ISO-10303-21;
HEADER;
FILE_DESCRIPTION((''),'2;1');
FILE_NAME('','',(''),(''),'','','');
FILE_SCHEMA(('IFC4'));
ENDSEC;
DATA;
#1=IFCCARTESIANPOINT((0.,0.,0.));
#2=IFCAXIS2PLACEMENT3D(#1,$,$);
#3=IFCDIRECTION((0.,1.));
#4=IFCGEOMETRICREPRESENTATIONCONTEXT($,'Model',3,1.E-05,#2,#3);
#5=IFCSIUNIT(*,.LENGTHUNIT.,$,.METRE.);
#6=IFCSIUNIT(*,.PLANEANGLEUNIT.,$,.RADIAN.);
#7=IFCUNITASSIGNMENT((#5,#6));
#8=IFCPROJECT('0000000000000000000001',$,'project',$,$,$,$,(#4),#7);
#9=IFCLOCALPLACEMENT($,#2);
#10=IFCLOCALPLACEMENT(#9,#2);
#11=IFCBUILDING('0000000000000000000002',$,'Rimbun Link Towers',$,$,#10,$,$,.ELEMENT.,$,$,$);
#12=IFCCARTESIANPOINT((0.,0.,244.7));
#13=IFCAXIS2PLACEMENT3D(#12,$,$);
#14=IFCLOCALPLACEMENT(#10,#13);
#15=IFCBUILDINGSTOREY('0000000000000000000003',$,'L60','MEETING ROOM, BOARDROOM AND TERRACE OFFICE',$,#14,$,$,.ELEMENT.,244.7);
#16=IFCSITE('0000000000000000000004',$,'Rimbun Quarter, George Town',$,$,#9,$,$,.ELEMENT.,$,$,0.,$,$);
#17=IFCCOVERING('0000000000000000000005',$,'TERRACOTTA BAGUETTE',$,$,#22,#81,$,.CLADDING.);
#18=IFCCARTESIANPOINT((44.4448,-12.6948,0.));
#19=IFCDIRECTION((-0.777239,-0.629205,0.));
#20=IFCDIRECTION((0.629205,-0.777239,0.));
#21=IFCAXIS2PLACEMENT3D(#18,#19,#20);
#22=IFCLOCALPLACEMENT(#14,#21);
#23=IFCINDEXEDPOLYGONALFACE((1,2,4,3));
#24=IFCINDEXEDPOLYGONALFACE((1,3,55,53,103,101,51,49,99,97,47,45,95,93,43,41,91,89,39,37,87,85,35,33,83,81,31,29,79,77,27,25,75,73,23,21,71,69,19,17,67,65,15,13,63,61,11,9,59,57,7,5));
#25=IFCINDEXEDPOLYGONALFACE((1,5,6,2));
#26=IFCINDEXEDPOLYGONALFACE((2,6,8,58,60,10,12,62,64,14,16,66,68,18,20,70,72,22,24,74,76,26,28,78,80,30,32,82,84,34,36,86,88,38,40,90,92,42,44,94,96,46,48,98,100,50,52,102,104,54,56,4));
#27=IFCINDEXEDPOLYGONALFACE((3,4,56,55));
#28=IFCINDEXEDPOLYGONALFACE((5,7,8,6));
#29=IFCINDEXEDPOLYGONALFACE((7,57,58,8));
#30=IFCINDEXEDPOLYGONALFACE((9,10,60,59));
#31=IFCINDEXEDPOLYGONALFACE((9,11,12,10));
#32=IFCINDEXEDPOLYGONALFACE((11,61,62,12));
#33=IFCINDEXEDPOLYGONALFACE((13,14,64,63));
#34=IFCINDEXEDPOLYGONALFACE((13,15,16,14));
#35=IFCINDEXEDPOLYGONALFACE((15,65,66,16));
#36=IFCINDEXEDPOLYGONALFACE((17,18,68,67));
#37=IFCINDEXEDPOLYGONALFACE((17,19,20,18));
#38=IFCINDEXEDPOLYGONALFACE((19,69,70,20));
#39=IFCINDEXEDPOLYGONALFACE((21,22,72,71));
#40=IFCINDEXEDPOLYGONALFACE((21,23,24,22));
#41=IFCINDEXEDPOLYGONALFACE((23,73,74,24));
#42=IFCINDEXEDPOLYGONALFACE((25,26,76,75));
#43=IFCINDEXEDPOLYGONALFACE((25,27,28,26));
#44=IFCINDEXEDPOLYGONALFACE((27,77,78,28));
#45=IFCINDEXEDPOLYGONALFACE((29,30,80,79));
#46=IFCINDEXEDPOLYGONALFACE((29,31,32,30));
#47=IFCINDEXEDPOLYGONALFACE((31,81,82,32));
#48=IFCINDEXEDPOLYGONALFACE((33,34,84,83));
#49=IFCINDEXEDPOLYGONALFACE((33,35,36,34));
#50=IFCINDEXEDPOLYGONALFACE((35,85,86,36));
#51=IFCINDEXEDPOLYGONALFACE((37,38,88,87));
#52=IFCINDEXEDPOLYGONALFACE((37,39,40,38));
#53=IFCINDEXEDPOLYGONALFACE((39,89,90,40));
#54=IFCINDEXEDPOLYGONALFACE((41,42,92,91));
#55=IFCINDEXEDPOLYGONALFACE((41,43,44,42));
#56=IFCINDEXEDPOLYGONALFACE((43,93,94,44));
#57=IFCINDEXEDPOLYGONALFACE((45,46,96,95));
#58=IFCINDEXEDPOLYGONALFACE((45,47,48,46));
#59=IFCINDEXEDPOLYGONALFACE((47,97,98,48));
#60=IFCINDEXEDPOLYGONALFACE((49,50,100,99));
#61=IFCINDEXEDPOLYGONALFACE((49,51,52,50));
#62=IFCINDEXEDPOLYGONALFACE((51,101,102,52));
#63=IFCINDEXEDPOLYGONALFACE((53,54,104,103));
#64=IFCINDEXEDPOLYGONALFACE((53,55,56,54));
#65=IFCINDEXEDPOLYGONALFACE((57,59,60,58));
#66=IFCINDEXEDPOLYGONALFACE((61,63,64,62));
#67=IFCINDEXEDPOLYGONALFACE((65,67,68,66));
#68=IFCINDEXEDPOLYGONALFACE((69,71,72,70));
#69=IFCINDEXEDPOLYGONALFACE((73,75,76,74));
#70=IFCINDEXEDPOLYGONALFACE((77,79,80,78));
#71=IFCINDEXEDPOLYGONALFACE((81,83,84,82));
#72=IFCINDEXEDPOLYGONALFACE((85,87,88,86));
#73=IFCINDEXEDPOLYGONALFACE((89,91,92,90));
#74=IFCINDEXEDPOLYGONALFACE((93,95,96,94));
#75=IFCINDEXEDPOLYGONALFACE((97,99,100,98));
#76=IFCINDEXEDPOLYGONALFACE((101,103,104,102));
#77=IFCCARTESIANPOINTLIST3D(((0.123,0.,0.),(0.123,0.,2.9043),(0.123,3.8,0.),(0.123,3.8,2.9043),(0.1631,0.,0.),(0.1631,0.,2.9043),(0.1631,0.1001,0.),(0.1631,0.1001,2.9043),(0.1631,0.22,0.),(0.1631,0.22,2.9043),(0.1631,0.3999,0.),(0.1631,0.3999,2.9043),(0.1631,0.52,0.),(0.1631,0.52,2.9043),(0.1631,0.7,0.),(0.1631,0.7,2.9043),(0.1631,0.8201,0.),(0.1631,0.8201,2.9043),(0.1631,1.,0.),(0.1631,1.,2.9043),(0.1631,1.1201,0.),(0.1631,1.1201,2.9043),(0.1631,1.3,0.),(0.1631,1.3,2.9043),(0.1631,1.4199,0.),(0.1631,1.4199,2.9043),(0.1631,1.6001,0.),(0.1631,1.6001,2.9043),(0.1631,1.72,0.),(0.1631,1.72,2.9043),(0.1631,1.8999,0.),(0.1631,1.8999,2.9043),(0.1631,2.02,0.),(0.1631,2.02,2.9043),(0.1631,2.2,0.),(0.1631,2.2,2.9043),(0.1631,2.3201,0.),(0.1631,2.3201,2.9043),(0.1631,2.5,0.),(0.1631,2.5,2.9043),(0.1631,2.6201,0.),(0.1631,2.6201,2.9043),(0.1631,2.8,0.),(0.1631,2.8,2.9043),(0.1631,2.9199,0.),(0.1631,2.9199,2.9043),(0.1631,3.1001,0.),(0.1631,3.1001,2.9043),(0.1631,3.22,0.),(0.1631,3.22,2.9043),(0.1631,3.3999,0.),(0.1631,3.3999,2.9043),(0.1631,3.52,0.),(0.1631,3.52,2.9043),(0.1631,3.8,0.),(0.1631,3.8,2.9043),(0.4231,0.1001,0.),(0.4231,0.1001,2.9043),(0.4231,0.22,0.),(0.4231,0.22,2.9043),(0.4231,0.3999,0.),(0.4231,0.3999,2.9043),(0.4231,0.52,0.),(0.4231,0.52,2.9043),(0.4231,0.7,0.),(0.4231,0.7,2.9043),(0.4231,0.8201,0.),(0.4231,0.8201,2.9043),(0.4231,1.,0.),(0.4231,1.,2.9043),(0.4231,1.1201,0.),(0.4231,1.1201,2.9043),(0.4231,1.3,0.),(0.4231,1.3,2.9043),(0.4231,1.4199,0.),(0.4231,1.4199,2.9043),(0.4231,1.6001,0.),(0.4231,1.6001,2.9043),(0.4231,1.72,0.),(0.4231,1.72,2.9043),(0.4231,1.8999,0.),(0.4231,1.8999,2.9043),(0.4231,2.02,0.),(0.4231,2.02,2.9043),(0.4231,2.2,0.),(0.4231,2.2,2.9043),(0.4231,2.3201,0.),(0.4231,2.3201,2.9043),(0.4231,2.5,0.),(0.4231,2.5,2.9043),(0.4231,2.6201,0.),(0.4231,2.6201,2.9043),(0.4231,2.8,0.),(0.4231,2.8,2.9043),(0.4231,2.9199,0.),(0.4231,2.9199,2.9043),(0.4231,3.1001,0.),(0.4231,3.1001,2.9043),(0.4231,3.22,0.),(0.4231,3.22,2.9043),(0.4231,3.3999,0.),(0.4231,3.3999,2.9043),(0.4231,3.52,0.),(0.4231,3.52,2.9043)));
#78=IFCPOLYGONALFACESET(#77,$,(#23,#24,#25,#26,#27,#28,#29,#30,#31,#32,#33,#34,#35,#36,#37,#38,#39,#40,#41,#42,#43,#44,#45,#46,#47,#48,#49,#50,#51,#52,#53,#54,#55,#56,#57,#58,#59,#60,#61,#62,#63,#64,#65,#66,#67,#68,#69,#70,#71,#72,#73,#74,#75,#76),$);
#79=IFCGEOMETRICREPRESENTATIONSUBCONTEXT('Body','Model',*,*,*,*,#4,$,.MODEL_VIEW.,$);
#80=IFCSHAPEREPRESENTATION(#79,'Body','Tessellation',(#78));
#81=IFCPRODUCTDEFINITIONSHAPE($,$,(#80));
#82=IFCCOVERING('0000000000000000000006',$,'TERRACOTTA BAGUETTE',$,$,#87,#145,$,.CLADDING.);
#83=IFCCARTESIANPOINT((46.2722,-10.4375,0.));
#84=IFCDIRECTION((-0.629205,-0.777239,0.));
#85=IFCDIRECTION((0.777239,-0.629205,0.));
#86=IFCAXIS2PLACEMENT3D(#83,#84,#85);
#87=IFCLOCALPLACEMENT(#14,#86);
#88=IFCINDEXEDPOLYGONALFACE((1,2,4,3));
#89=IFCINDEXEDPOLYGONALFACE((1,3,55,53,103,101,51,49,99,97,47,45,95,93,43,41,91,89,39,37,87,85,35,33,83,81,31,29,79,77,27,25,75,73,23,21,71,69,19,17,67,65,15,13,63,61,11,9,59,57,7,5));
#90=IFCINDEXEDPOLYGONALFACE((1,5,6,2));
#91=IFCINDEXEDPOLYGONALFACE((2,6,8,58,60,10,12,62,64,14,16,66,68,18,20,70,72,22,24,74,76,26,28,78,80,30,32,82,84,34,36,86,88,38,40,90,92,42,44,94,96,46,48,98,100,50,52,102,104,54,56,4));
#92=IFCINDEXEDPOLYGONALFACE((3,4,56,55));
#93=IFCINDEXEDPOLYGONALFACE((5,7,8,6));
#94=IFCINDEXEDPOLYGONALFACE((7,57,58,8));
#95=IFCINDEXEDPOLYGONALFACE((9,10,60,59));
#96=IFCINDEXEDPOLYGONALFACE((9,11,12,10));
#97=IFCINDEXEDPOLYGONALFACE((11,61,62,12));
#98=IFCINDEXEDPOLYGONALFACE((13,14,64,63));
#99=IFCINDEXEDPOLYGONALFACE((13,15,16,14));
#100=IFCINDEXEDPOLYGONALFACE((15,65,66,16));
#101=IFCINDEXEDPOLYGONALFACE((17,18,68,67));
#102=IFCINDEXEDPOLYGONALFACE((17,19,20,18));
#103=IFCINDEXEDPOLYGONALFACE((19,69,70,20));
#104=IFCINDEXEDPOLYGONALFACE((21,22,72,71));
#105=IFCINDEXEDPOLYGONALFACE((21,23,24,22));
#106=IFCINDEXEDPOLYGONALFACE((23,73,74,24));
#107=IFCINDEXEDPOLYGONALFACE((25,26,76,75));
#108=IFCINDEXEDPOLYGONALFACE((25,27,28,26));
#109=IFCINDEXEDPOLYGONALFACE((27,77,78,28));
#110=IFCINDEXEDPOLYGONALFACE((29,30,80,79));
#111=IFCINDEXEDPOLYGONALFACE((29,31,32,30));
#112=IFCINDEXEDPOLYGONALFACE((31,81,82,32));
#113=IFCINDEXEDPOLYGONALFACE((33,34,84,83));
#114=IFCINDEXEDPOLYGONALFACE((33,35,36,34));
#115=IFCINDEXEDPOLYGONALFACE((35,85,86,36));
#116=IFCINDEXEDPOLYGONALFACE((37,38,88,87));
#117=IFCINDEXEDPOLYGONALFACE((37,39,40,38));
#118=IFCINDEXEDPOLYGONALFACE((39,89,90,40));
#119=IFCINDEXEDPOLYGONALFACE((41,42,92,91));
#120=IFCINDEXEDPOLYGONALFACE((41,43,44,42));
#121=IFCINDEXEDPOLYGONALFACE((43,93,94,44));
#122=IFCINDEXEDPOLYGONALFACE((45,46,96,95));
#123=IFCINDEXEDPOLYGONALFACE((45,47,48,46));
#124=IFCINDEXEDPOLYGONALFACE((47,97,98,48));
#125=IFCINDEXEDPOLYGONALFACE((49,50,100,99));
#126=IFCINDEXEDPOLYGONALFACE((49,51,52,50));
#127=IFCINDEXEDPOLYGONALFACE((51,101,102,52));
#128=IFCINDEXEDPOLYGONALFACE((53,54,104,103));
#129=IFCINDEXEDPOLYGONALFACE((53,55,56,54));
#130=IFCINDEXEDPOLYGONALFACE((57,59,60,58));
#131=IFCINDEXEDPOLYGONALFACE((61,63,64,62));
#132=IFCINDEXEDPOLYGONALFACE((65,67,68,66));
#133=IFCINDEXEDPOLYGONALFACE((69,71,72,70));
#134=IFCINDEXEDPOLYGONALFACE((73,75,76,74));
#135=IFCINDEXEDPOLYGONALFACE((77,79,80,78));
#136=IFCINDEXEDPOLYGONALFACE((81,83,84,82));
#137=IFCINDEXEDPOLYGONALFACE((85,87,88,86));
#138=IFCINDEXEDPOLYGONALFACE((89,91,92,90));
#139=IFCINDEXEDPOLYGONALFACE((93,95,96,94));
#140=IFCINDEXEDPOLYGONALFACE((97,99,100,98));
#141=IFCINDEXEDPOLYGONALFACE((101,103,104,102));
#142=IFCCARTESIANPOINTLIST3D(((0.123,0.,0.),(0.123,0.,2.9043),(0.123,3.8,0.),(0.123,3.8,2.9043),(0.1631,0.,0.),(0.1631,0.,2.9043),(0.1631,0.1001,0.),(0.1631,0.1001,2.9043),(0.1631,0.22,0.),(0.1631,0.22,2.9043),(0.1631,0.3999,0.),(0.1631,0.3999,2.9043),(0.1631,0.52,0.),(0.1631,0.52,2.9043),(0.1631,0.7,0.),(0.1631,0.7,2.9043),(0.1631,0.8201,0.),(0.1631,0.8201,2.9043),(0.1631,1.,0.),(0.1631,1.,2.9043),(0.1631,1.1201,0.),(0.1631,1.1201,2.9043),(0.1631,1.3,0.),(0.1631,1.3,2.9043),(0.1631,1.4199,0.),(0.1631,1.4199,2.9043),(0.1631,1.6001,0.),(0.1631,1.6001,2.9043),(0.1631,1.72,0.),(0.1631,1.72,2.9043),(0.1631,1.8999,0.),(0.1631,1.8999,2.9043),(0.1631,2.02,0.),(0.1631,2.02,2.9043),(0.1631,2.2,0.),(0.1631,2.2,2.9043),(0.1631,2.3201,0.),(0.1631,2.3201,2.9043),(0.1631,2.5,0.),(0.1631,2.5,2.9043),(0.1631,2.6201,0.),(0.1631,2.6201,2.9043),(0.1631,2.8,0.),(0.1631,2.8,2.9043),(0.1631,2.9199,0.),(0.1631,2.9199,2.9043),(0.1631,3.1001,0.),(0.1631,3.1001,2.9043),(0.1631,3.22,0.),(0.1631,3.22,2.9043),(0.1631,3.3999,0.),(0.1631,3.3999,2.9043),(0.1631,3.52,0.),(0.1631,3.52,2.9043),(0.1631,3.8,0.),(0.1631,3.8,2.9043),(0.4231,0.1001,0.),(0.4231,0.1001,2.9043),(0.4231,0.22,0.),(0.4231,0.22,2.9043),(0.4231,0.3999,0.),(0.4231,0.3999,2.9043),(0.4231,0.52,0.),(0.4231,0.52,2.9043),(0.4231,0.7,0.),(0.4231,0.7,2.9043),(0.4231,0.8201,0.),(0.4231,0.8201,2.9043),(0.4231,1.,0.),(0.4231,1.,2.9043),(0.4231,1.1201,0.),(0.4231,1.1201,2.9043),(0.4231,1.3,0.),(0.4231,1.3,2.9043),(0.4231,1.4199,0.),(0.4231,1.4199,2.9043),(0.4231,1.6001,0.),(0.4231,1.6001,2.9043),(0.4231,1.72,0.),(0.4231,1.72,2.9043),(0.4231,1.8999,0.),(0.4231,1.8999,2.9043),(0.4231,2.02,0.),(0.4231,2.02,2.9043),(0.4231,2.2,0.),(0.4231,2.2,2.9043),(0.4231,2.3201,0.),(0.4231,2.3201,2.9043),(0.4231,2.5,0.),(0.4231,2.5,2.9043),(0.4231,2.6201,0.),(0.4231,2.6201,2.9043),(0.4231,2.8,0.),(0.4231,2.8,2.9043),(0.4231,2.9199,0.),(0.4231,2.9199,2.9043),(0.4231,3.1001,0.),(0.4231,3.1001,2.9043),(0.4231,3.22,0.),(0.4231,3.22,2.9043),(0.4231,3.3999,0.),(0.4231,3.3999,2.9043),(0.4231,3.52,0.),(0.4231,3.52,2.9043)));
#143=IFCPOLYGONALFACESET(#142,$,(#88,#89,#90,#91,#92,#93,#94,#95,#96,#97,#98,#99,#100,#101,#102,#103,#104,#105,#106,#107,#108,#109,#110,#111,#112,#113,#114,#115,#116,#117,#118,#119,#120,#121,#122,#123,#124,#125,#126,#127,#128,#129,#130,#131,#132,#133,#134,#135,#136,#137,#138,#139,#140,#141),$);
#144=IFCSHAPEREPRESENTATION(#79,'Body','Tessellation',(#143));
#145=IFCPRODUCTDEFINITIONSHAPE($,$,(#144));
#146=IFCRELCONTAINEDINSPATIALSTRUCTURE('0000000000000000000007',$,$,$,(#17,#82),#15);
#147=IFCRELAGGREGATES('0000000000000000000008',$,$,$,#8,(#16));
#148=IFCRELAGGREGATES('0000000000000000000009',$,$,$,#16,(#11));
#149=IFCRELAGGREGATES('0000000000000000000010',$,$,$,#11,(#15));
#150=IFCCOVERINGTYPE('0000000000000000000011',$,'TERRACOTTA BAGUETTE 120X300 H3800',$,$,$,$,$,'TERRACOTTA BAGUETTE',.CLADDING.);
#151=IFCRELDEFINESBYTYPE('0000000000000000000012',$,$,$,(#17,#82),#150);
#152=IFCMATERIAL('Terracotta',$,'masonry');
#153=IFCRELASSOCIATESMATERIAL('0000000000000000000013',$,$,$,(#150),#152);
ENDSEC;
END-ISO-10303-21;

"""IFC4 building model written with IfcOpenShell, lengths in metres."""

from ifc_helpers import new_model, si_unit, direction, frame, origin, place, context, subcontext, project, spatial, polyline, outline, extrude, material, material_profile, profile_set, type_object, element, save


model = new_model("IFC4")

# Units and contexts
model_context = context("Model", 3, precision=1e-05, world=origin(), true_north=direction((0.0, 1.0)))
body_context = subcontext(model_context, "Body", "Model", "MODEL_VIEW")
ifc_project = project(units=[si_unit("LENGTHUNIT", "METRE"), si_unit("PLANEANGLEUNIT", "RADIAN")], contexts=[model_context])

# Site, building, storey
site_placement = place(None, origin())
site = spatial("IfcSite", under=ifc_project, at=site_placement, Name="Rimbun Quarter, George Town", CompositionType="ELEMENT", RefElevation=0.0)
building_placement = place(site_placement, origin())
building = spatial("IfcBuilding", under=site, at=building_placement, Name="Rimbun Link Towers", CompositionType="ELEMENT")
storey_placement = place(building_placement, frame((0.0, 0.0, 244.7)))
storey = spatial("IfcBuildingStorey", under=building, at=storey_placement, Name="L60", Description="MEETING ROOM, BOARDROOM AND TERRACE OFFICE", CompositionType="ELEMENT", Elevation=244.7)

# Coverings
ifc_material_1 = material(Name="Terracotta", Category="masonry")
ifc_material_profile_1 = material_profile(ifc_material_1, outline(polyline([(0.123, 0.0), (0.1631, 0.0), (0.1631, 0.1001), (0.4231, 0.1001), (0.4231, 0.22), (0.1631, 0.22), (0.1631, 0.3999), (0.4231, 0.3999), (0.4231, 0.52), (0.1631, 0.52), (0.1631, 0.7), (0.4231, 0.7), (0.4231, 0.8201), (0.1631, 0.8201), (0.1631, 1.0), (0.4231, 1.0), (0.4231, 1.1201), (0.1631, 1.1201), (0.1631, 1.3), (0.4231, 1.3), (0.4231, 1.4199), (0.1631, 1.4199), (0.1631, 1.6001), (0.4231, 1.6001), (0.4231, 1.72), (0.1631, 1.72), (0.1631, 1.8999), (0.4231, 1.8999), (0.4231, 2.02), (0.1631, 2.02), (0.1631, 2.2), (0.4231, 2.2), (0.4231, 2.3201), (0.1631, 2.3201), (0.1631, 2.5), (0.4231, 2.5), (0.4231, 2.6201), (0.1631, 2.6201), (0.1631, 2.8), (0.4231, 2.8), (0.4231, 2.9199), (0.1631, 2.9199), (0.1631, 3.1001), (0.4231, 3.1001), (0.4231, 3.22), (0.1631, 3.22), (0.1631, 3.3999), (0.4231, 3.3999), (0.4231, 3.52), (0.1631, 3.52), (0.1631, 3.8), (0.123, 3.8), (0.123, 0.0)])), Name="BAGUETTE 120X300")
ifc_profile_set_1 = profile_set([ifc_material_profile_1], Name="Terracotta")
covering_type = type_object("IfcCoveringType", Name="TERRACOTTA BAGUETTE 120X300 H3800", ElementType="TERRACOTTA BAGUETTE", PredefinedType="CLADDING", material=ifc_profile_set_1)
for number, where, z_axis, x_axis, name in (
    (1, (44.4448, -12.6948, 0.0), (-0.777239, -0.629205, 0.0), (0.629205, -0.777239, 0.0), "TERRACOTTA BAGUETTE"),
    (2, (46.2722, -10.4375, 0.0), (-0.629205, -0.777239, 0.0), (0.777239, -0.629205, 0.0), "TERRACOTTA BAGUETTE"),
):
    element("IfcCovering", number, at=place(storey_placement, frame(where, z_axis=z_axis, x_axis=x_axis)), inside=storey, type_object=covering_type, Name=name, PredefinedType="CLADDING", context=body_context, shape_type="SweptSolid", body=[
        extrude(outline(polyline([(0.123, 0.0), (0.1631, 0.0), (0.1631, 0.1001), (0.4231, 0.1001), (0.4231, 0.22), (0.1631, 0.22), (0.1631, 0.3999), (0.4231, 0.3999), (0.4231, 0.52), (0.1631, 0.52), (0.1631, 0.7), (0.4231, 0.7), (0.4231, 0.8201), (0.1631, 0.8201), (0.1631, 1.0), (0.4231, 1.0), (0.4231, 1.1201), (0.1631, 1.1201), (0.1631, 1.3), (0.4231, 1.3), (0.4231, 1.4199), (0.1631, 1.4199), (0.1631, 1.6001), (0.4231, 1.6001), (0.4231, 1.72), (0.1631, 1.72), (0.1631, 1.8999), (0.4231, 1.8999), (0.4231, 2.02), (0.1631, 2.02), (0.1631, 2.2), (0.4231, 2.2), (0.4231, 2.3201), (0.1631, 2.3201), (0.1631, 2.5), (0.4231, 2.5), (0.4231, 2.6201), (0.1631, 2.6201), (0.1631, 2.8), (0.4231, 2.8), (0.4231, 2.9199), (0.1631, 2.9199), (0.1631, 3.1001), (0.4231, 3.1001), (0.4231, 3.22), (0.1631, 3.22), (0.1631, 3.3999), (0.4231, 3.3999), (0.4231, 3.52), (0.1631, 3.52), (0.1631, 3.8), (0.123, 3.8), (0.123, 0.0)])), origin(), (0.0, 0.0, 1.0), 2.9043),
    ])

save(model, "model.ifc")
